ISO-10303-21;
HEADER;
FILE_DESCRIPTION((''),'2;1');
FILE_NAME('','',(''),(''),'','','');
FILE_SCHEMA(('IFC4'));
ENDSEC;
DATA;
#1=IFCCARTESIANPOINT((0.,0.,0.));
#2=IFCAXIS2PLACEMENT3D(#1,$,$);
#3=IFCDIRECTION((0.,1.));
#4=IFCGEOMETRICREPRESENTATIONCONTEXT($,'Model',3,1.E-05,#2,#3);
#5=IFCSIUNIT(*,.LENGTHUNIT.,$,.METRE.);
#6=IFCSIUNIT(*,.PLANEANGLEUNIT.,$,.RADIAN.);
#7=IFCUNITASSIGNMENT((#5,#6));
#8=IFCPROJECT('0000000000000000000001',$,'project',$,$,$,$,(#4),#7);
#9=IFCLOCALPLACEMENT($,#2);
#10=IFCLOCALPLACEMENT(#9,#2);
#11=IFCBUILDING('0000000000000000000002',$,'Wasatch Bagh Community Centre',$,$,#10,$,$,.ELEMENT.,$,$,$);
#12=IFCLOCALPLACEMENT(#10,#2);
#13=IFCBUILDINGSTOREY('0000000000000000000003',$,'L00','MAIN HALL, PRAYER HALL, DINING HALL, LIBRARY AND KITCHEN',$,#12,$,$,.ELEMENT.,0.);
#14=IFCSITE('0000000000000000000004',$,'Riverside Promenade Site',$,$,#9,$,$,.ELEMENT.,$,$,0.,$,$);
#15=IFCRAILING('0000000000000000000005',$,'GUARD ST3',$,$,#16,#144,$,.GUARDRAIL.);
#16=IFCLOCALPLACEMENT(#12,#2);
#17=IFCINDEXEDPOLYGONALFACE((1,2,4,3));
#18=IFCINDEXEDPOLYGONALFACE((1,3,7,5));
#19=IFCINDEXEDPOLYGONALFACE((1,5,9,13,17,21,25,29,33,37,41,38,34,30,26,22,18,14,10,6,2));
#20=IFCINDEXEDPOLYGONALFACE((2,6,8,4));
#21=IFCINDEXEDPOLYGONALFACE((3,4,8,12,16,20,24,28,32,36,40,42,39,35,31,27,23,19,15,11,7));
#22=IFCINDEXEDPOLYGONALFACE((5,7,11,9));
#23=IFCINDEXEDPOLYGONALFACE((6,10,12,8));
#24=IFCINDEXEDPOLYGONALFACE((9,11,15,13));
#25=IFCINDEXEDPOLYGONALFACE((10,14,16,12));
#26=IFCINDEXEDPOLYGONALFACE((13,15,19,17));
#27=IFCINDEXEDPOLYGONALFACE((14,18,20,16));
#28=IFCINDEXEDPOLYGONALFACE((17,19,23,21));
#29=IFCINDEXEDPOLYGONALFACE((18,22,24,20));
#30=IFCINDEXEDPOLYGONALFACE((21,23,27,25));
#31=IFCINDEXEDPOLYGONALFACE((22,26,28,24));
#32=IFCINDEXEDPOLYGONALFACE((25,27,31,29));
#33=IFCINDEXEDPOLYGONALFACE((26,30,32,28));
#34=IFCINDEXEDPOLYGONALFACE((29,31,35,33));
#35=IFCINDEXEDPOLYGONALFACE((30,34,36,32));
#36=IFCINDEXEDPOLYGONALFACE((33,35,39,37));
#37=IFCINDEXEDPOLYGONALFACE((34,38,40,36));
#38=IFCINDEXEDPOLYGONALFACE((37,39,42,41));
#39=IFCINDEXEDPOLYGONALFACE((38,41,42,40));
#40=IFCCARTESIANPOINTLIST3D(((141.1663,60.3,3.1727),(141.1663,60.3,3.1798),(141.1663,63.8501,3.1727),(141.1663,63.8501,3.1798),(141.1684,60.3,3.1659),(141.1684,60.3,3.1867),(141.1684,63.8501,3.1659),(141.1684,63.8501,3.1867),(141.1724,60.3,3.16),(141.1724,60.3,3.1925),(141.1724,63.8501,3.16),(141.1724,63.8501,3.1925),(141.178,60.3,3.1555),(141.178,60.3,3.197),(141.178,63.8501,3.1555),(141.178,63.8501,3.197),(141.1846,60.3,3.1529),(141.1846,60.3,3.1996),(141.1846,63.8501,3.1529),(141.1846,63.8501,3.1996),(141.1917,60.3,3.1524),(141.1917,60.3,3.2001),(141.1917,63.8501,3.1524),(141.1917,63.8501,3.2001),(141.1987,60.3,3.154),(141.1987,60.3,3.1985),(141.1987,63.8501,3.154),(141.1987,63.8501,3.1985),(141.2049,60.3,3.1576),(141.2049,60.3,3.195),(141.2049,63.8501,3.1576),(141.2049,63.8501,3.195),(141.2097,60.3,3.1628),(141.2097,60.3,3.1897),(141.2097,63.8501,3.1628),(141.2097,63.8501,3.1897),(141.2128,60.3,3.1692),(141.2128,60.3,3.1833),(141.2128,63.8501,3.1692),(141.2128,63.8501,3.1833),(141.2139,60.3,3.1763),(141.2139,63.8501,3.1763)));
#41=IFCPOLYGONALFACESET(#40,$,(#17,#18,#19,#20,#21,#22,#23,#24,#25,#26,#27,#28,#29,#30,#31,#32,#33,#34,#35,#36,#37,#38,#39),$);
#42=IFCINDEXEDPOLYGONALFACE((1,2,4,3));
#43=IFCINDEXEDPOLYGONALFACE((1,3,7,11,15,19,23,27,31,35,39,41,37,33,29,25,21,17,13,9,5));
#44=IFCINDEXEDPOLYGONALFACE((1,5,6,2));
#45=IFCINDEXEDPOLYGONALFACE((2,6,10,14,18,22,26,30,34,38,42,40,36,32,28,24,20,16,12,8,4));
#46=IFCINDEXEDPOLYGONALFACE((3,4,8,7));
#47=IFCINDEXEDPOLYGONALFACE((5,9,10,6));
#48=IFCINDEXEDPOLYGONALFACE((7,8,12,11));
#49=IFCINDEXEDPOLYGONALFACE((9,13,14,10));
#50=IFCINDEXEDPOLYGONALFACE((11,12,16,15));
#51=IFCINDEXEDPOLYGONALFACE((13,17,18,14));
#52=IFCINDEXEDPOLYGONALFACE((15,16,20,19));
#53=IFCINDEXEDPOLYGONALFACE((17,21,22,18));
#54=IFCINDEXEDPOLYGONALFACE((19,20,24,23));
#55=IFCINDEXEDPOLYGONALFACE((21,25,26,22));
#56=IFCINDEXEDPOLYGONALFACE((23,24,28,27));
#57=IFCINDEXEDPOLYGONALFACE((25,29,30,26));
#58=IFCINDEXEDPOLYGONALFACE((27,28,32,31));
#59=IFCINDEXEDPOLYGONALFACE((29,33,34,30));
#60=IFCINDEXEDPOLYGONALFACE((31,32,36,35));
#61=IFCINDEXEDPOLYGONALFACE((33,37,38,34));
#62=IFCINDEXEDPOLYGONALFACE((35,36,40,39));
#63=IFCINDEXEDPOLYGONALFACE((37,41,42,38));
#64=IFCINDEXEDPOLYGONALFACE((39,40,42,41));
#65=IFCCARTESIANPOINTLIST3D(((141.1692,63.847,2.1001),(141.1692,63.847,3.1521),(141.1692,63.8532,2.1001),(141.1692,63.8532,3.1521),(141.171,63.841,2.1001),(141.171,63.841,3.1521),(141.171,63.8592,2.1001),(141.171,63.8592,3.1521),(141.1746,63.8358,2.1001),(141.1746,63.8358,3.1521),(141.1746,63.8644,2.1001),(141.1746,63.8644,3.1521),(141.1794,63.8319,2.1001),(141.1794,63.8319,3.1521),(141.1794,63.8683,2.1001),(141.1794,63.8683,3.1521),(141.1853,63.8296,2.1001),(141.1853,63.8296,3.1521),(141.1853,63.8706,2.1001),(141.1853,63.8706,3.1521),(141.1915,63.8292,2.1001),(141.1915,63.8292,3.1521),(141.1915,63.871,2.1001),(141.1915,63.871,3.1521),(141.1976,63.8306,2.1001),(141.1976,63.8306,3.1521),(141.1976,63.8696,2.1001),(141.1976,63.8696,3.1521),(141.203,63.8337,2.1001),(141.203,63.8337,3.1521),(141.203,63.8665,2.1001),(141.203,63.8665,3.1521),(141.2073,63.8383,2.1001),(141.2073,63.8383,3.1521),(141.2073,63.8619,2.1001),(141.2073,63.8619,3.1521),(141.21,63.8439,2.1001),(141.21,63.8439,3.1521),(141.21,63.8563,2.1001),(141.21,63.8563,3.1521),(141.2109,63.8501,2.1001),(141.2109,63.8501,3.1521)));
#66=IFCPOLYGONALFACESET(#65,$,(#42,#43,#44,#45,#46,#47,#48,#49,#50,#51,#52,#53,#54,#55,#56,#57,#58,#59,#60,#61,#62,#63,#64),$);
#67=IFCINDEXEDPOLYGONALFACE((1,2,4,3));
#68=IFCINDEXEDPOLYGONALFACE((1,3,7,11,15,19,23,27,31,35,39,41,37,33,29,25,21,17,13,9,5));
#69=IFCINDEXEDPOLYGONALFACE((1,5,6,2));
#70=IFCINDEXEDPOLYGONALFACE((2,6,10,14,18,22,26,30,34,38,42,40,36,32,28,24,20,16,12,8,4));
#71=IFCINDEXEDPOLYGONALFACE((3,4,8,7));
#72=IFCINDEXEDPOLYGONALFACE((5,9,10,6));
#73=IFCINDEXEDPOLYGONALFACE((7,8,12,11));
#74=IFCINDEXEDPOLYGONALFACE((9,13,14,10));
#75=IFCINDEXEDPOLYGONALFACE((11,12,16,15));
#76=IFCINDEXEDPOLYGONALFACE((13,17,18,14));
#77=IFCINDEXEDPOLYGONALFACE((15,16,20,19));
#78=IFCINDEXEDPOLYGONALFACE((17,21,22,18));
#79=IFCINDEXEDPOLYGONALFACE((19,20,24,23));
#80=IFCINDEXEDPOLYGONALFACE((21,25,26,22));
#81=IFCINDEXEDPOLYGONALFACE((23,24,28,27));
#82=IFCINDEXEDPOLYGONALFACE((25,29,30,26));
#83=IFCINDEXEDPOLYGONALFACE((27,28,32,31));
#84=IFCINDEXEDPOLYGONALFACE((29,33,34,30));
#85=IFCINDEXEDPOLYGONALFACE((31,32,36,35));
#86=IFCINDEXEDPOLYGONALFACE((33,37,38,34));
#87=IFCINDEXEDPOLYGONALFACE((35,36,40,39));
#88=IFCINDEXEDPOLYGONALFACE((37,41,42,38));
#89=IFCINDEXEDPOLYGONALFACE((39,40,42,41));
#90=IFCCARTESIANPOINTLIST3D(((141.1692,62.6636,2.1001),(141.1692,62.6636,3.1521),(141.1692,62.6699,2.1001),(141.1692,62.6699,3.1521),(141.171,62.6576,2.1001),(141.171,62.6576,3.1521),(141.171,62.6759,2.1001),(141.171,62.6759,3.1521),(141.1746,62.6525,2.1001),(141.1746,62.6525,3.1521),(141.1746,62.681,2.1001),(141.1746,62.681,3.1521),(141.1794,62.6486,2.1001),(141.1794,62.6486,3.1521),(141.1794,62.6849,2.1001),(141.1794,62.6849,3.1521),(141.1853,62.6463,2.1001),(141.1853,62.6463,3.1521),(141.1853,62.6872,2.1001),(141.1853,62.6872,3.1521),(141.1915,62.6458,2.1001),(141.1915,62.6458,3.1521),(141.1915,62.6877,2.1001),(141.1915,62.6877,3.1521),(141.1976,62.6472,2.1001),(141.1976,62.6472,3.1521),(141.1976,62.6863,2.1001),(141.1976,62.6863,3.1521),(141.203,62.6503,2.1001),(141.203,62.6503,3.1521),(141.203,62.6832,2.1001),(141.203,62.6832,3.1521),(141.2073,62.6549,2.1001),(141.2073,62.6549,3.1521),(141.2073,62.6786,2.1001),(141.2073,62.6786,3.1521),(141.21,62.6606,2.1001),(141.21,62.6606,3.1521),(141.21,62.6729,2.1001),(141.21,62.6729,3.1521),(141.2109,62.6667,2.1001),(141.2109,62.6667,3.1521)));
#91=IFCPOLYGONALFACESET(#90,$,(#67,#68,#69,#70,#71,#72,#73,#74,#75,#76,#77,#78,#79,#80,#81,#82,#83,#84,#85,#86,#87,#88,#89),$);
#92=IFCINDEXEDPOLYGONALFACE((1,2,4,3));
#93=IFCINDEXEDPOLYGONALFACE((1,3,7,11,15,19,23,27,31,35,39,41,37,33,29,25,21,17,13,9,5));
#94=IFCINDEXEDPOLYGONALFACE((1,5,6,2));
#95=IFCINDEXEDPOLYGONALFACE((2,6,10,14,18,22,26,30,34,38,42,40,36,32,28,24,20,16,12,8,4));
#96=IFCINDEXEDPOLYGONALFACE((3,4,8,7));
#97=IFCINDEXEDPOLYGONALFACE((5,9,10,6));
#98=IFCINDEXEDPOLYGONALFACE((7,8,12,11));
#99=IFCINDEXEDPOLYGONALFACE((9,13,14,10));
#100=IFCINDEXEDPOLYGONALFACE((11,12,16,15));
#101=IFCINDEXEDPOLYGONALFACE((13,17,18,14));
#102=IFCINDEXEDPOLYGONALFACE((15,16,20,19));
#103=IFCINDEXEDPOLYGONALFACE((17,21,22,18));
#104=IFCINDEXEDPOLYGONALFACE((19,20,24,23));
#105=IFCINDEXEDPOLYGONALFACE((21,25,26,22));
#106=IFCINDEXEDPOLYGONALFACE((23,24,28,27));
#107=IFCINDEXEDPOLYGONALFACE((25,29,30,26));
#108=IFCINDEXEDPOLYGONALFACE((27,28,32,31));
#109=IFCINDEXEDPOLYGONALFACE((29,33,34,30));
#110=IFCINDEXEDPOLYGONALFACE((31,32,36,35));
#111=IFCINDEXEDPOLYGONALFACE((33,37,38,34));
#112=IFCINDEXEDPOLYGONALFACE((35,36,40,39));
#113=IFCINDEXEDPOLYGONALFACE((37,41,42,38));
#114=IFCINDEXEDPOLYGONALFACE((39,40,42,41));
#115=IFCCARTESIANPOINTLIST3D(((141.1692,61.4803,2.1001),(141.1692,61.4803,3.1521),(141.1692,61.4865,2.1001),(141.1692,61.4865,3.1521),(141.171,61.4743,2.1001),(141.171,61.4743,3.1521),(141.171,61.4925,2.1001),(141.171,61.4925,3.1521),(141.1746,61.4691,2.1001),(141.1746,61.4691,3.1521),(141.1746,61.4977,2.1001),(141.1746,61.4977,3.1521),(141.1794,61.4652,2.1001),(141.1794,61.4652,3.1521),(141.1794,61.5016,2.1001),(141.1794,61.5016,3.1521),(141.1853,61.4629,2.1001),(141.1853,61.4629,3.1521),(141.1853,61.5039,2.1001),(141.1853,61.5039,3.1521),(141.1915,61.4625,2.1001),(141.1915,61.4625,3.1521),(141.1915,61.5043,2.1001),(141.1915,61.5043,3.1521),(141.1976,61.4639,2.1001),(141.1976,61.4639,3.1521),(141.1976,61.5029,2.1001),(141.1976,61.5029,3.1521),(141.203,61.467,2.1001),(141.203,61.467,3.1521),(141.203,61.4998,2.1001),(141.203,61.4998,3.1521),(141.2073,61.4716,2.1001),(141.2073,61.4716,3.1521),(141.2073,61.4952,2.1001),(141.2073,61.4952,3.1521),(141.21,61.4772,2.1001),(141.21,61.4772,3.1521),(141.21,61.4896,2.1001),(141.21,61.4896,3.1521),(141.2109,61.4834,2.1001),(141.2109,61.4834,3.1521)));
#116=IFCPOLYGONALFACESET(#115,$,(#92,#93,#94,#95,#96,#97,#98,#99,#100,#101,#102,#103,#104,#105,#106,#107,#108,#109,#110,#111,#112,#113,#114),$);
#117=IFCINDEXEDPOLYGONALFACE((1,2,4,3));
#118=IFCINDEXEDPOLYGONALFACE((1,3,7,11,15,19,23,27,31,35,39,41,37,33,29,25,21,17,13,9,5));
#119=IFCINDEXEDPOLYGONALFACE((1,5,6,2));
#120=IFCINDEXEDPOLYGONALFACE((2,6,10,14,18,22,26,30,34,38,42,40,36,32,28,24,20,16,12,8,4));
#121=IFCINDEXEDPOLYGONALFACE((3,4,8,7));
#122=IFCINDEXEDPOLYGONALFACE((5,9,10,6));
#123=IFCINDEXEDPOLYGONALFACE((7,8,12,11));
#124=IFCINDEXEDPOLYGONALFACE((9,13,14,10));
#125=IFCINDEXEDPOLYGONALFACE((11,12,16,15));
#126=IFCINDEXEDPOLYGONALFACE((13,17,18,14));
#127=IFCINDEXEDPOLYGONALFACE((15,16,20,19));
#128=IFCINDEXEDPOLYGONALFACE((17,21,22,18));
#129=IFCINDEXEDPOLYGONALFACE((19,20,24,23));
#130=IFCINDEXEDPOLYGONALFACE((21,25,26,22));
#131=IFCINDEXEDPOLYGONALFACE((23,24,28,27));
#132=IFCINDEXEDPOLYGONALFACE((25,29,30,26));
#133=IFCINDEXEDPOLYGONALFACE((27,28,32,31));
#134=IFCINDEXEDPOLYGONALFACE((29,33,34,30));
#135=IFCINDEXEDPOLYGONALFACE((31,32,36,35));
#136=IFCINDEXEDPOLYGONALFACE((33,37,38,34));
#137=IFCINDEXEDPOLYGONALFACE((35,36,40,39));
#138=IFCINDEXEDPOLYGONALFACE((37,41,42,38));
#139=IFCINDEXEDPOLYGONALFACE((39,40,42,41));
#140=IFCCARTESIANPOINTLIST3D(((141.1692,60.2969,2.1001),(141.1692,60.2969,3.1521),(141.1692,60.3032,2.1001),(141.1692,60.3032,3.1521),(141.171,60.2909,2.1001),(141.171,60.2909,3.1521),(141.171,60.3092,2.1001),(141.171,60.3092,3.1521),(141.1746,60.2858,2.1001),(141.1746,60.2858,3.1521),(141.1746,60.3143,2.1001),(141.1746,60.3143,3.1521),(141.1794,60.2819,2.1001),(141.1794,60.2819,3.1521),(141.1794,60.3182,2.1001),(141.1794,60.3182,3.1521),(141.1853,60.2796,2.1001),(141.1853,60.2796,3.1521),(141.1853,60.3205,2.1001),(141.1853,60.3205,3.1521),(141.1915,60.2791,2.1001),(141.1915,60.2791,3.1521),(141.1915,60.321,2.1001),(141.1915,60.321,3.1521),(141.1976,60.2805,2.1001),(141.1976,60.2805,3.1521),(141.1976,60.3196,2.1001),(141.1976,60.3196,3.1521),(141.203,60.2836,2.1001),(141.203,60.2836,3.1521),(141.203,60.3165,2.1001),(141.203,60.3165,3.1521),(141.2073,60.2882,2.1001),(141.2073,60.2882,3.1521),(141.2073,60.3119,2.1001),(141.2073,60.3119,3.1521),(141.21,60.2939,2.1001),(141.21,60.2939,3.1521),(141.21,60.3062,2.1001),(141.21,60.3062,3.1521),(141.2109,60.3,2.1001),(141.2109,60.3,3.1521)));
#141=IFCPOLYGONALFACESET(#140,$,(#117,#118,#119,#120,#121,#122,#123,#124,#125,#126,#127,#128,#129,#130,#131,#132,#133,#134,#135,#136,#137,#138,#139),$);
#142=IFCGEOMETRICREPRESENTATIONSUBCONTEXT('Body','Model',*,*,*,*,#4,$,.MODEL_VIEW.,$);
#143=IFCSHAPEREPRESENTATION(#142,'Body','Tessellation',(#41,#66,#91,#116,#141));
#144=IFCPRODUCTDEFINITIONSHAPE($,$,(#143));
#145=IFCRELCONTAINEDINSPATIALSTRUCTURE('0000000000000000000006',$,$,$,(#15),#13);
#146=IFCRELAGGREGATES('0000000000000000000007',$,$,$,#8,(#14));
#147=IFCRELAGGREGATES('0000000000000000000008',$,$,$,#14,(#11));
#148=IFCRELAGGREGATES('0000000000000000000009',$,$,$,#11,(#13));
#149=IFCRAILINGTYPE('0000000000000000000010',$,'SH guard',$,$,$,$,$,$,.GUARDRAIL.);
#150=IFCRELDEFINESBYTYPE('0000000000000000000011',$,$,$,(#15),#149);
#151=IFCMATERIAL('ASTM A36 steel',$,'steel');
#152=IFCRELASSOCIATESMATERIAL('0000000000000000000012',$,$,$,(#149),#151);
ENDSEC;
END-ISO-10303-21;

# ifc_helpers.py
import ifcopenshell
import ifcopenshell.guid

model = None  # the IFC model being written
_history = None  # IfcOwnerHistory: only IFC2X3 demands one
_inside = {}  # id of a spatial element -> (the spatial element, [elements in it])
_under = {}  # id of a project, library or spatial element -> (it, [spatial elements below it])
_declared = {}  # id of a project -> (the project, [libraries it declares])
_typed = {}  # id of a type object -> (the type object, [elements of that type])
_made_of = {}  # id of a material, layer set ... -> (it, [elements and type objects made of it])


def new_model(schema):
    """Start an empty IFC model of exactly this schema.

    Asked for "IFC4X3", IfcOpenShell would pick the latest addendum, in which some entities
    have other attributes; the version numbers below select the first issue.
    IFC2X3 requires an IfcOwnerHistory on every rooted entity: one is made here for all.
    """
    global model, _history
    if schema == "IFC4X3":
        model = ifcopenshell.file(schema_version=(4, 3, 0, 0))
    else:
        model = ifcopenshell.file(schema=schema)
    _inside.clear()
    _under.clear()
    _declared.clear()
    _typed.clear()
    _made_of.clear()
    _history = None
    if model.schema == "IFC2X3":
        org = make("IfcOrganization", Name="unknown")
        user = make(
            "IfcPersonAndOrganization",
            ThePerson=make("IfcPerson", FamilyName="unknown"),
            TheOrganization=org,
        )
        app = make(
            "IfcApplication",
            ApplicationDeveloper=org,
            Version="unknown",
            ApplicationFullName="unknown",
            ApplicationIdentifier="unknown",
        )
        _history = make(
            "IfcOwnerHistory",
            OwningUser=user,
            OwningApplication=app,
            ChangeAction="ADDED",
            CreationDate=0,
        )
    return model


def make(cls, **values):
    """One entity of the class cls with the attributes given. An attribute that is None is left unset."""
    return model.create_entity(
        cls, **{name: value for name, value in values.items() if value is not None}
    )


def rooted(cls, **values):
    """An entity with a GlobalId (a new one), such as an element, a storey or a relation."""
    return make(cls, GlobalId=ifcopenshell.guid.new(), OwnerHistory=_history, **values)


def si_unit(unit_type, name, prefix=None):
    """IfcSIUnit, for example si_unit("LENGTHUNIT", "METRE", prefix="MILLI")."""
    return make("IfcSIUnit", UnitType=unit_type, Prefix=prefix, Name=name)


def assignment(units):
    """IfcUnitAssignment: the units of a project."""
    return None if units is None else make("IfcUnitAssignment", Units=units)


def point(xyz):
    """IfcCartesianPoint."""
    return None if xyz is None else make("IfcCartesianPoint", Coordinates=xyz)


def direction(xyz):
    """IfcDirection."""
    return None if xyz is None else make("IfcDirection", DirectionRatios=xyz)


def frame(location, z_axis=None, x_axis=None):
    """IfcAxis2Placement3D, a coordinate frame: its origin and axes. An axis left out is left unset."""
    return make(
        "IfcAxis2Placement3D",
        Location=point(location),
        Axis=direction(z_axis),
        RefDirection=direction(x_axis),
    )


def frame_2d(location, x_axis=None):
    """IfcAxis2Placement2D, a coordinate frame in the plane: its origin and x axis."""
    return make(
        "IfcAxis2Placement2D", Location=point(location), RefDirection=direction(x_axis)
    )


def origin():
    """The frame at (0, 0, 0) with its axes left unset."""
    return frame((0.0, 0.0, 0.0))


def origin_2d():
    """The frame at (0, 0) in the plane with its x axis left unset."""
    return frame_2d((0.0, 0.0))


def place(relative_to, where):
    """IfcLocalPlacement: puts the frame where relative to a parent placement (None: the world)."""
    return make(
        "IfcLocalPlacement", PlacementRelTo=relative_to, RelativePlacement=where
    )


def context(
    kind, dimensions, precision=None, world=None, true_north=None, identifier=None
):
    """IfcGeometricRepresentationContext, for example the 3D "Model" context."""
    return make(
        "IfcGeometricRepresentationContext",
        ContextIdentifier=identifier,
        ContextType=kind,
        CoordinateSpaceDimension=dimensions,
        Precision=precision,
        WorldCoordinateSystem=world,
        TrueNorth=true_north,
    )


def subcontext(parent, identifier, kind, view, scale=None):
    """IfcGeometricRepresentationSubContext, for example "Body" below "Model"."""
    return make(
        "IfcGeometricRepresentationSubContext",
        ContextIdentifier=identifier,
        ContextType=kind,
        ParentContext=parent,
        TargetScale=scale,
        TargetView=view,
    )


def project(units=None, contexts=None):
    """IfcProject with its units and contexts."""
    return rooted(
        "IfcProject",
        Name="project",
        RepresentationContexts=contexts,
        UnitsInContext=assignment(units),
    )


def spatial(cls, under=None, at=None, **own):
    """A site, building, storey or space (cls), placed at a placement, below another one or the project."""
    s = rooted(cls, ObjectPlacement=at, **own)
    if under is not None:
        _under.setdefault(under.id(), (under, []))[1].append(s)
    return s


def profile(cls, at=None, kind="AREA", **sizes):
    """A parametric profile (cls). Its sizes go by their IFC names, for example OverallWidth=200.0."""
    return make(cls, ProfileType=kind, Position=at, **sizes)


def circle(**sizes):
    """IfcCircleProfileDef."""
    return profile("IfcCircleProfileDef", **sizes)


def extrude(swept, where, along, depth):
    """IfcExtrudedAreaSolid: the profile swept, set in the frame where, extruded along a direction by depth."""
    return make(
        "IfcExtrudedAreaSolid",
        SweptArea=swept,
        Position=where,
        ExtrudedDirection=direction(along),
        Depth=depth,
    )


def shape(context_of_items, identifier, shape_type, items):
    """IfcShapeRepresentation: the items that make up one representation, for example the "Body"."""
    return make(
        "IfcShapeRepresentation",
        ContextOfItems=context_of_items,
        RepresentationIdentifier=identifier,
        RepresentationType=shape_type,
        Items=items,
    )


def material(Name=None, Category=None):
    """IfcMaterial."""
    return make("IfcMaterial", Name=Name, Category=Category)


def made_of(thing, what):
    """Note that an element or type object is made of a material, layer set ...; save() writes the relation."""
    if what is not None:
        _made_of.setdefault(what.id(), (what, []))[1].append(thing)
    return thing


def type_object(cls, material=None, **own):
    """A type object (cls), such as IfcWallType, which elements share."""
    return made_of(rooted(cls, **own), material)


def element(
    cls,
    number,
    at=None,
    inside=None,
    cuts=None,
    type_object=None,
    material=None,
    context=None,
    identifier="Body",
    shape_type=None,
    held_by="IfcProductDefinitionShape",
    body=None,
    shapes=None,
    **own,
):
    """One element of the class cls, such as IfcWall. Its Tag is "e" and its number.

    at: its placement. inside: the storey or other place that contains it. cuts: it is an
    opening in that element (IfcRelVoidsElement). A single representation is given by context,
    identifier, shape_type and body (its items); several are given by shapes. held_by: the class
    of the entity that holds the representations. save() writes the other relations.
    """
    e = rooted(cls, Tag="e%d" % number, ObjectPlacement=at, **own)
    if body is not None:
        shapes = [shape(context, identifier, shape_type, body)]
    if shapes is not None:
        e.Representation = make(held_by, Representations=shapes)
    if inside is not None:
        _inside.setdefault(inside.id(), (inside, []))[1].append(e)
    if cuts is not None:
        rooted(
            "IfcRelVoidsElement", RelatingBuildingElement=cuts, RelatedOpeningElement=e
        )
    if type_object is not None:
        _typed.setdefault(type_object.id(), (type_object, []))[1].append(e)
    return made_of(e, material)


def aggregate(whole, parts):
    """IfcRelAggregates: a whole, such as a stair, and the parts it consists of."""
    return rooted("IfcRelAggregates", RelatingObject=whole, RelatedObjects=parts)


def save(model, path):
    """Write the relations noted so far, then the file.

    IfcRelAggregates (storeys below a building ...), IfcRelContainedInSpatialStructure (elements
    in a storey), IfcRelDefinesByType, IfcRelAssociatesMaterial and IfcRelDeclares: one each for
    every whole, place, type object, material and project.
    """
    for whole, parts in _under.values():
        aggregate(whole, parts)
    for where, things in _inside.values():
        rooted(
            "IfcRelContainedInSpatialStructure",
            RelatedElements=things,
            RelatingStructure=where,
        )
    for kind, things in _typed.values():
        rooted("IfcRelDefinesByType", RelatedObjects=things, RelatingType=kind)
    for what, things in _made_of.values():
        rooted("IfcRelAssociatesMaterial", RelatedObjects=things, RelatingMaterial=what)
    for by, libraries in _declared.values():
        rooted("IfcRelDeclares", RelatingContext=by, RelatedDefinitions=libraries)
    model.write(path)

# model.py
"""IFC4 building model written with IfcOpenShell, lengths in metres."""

from ifc_helpers import new_model, si_unit, direction, frame, origin, origin_2d, place, context, subcontext, project, spatial, circle, extrude, material, type_object, element, save


model = new_model("IFC4")

# Units and contexts
model_context = context("Model", 3, precision=1e-05, world=origin(), true_north=direction((0.0, 1.0)))
body_context = subcontext(model_context, "Body", "Model", "MODEL_VIEW")
ifc_project = project(units=[si_unit("LENGTHUNIT", "METRE"), si_unit("PLANEANGLEUNIT", "RADIAN")], contexts=[model_context])

# Site, building, storey
site_placement = place(None, origin())
site = spatial("IfcSite", under=ifc_project, at=site_placement, Name="Riverside Promenade Site", CompositionType="ELEMENT", RefElevation=0.0)
building_placement = place(site_placement, origin())
building = spatial("IfcBuilding", under=site, at=building_placement, Name="Wasatch Bagh Community Centre", CompositionType="ELEMENT")
storey_placement = place(building_placement, origin())
storey = spatial("IfcBuildingStorey", under=building, at=storey_placement, Name="L00", Description="MAIN HALL, PRAYER HALL, DINING HALL, LIBRARY AND KITCHEN", CompositionType="ELEMENT", Elevation=0.0)

# Railing
ifc_material_1 = material(Name="ASTM A36 steel", Category="steel")
railing_type_1 = type_object("IfcRailingType", Name="SH guard", PredefinedType="GUARDRAIL", material=ifc_material_1)
railing_1_placement = place(storey_placement, frame((141.1899, 63.8501, 2.1001)))
element("IfcRailing", 1, at=railing_1_placement, inside=storey, type_object=railing_type_1, Name="GUARD ST3", PredefinedType="GUARDRAIL", context=body_context, shape_type="SweptSolid", body=[
    extrude(circle(Radius=0.0239, at=origin_2d()), frame((0.0, 0.0, 1.0762), z_axis=(0.0, -1.0, 0.0), x_axis=(1.0, 0.0, 0.0)), (0.0, 0.0, 1.0), 3.55),
    extrude(circle(Radius=0.021, at=origin_2d()), origin(), (0.0, 0.0, 1.0), 1.052),
    extrude(circle(Radius=0.021, at=origin_2d()), frame((0.0, -1.1833, 0.0)), (0.0, 0.0, 1.0), 1.052),
    extrude(circle(Radius=0.021, at=origin_2d()), frame((0.0, -2.3667, 0.0)), (0.0, 0.0, 1.0), 1.052),
    extrude(circle(Radius=0.021, at=origin_2d()), frame((0.0, -3.55, 0.0)), (0.0, 0.0, 1.0), 1.052),
])

save(model, "model.ifc")
